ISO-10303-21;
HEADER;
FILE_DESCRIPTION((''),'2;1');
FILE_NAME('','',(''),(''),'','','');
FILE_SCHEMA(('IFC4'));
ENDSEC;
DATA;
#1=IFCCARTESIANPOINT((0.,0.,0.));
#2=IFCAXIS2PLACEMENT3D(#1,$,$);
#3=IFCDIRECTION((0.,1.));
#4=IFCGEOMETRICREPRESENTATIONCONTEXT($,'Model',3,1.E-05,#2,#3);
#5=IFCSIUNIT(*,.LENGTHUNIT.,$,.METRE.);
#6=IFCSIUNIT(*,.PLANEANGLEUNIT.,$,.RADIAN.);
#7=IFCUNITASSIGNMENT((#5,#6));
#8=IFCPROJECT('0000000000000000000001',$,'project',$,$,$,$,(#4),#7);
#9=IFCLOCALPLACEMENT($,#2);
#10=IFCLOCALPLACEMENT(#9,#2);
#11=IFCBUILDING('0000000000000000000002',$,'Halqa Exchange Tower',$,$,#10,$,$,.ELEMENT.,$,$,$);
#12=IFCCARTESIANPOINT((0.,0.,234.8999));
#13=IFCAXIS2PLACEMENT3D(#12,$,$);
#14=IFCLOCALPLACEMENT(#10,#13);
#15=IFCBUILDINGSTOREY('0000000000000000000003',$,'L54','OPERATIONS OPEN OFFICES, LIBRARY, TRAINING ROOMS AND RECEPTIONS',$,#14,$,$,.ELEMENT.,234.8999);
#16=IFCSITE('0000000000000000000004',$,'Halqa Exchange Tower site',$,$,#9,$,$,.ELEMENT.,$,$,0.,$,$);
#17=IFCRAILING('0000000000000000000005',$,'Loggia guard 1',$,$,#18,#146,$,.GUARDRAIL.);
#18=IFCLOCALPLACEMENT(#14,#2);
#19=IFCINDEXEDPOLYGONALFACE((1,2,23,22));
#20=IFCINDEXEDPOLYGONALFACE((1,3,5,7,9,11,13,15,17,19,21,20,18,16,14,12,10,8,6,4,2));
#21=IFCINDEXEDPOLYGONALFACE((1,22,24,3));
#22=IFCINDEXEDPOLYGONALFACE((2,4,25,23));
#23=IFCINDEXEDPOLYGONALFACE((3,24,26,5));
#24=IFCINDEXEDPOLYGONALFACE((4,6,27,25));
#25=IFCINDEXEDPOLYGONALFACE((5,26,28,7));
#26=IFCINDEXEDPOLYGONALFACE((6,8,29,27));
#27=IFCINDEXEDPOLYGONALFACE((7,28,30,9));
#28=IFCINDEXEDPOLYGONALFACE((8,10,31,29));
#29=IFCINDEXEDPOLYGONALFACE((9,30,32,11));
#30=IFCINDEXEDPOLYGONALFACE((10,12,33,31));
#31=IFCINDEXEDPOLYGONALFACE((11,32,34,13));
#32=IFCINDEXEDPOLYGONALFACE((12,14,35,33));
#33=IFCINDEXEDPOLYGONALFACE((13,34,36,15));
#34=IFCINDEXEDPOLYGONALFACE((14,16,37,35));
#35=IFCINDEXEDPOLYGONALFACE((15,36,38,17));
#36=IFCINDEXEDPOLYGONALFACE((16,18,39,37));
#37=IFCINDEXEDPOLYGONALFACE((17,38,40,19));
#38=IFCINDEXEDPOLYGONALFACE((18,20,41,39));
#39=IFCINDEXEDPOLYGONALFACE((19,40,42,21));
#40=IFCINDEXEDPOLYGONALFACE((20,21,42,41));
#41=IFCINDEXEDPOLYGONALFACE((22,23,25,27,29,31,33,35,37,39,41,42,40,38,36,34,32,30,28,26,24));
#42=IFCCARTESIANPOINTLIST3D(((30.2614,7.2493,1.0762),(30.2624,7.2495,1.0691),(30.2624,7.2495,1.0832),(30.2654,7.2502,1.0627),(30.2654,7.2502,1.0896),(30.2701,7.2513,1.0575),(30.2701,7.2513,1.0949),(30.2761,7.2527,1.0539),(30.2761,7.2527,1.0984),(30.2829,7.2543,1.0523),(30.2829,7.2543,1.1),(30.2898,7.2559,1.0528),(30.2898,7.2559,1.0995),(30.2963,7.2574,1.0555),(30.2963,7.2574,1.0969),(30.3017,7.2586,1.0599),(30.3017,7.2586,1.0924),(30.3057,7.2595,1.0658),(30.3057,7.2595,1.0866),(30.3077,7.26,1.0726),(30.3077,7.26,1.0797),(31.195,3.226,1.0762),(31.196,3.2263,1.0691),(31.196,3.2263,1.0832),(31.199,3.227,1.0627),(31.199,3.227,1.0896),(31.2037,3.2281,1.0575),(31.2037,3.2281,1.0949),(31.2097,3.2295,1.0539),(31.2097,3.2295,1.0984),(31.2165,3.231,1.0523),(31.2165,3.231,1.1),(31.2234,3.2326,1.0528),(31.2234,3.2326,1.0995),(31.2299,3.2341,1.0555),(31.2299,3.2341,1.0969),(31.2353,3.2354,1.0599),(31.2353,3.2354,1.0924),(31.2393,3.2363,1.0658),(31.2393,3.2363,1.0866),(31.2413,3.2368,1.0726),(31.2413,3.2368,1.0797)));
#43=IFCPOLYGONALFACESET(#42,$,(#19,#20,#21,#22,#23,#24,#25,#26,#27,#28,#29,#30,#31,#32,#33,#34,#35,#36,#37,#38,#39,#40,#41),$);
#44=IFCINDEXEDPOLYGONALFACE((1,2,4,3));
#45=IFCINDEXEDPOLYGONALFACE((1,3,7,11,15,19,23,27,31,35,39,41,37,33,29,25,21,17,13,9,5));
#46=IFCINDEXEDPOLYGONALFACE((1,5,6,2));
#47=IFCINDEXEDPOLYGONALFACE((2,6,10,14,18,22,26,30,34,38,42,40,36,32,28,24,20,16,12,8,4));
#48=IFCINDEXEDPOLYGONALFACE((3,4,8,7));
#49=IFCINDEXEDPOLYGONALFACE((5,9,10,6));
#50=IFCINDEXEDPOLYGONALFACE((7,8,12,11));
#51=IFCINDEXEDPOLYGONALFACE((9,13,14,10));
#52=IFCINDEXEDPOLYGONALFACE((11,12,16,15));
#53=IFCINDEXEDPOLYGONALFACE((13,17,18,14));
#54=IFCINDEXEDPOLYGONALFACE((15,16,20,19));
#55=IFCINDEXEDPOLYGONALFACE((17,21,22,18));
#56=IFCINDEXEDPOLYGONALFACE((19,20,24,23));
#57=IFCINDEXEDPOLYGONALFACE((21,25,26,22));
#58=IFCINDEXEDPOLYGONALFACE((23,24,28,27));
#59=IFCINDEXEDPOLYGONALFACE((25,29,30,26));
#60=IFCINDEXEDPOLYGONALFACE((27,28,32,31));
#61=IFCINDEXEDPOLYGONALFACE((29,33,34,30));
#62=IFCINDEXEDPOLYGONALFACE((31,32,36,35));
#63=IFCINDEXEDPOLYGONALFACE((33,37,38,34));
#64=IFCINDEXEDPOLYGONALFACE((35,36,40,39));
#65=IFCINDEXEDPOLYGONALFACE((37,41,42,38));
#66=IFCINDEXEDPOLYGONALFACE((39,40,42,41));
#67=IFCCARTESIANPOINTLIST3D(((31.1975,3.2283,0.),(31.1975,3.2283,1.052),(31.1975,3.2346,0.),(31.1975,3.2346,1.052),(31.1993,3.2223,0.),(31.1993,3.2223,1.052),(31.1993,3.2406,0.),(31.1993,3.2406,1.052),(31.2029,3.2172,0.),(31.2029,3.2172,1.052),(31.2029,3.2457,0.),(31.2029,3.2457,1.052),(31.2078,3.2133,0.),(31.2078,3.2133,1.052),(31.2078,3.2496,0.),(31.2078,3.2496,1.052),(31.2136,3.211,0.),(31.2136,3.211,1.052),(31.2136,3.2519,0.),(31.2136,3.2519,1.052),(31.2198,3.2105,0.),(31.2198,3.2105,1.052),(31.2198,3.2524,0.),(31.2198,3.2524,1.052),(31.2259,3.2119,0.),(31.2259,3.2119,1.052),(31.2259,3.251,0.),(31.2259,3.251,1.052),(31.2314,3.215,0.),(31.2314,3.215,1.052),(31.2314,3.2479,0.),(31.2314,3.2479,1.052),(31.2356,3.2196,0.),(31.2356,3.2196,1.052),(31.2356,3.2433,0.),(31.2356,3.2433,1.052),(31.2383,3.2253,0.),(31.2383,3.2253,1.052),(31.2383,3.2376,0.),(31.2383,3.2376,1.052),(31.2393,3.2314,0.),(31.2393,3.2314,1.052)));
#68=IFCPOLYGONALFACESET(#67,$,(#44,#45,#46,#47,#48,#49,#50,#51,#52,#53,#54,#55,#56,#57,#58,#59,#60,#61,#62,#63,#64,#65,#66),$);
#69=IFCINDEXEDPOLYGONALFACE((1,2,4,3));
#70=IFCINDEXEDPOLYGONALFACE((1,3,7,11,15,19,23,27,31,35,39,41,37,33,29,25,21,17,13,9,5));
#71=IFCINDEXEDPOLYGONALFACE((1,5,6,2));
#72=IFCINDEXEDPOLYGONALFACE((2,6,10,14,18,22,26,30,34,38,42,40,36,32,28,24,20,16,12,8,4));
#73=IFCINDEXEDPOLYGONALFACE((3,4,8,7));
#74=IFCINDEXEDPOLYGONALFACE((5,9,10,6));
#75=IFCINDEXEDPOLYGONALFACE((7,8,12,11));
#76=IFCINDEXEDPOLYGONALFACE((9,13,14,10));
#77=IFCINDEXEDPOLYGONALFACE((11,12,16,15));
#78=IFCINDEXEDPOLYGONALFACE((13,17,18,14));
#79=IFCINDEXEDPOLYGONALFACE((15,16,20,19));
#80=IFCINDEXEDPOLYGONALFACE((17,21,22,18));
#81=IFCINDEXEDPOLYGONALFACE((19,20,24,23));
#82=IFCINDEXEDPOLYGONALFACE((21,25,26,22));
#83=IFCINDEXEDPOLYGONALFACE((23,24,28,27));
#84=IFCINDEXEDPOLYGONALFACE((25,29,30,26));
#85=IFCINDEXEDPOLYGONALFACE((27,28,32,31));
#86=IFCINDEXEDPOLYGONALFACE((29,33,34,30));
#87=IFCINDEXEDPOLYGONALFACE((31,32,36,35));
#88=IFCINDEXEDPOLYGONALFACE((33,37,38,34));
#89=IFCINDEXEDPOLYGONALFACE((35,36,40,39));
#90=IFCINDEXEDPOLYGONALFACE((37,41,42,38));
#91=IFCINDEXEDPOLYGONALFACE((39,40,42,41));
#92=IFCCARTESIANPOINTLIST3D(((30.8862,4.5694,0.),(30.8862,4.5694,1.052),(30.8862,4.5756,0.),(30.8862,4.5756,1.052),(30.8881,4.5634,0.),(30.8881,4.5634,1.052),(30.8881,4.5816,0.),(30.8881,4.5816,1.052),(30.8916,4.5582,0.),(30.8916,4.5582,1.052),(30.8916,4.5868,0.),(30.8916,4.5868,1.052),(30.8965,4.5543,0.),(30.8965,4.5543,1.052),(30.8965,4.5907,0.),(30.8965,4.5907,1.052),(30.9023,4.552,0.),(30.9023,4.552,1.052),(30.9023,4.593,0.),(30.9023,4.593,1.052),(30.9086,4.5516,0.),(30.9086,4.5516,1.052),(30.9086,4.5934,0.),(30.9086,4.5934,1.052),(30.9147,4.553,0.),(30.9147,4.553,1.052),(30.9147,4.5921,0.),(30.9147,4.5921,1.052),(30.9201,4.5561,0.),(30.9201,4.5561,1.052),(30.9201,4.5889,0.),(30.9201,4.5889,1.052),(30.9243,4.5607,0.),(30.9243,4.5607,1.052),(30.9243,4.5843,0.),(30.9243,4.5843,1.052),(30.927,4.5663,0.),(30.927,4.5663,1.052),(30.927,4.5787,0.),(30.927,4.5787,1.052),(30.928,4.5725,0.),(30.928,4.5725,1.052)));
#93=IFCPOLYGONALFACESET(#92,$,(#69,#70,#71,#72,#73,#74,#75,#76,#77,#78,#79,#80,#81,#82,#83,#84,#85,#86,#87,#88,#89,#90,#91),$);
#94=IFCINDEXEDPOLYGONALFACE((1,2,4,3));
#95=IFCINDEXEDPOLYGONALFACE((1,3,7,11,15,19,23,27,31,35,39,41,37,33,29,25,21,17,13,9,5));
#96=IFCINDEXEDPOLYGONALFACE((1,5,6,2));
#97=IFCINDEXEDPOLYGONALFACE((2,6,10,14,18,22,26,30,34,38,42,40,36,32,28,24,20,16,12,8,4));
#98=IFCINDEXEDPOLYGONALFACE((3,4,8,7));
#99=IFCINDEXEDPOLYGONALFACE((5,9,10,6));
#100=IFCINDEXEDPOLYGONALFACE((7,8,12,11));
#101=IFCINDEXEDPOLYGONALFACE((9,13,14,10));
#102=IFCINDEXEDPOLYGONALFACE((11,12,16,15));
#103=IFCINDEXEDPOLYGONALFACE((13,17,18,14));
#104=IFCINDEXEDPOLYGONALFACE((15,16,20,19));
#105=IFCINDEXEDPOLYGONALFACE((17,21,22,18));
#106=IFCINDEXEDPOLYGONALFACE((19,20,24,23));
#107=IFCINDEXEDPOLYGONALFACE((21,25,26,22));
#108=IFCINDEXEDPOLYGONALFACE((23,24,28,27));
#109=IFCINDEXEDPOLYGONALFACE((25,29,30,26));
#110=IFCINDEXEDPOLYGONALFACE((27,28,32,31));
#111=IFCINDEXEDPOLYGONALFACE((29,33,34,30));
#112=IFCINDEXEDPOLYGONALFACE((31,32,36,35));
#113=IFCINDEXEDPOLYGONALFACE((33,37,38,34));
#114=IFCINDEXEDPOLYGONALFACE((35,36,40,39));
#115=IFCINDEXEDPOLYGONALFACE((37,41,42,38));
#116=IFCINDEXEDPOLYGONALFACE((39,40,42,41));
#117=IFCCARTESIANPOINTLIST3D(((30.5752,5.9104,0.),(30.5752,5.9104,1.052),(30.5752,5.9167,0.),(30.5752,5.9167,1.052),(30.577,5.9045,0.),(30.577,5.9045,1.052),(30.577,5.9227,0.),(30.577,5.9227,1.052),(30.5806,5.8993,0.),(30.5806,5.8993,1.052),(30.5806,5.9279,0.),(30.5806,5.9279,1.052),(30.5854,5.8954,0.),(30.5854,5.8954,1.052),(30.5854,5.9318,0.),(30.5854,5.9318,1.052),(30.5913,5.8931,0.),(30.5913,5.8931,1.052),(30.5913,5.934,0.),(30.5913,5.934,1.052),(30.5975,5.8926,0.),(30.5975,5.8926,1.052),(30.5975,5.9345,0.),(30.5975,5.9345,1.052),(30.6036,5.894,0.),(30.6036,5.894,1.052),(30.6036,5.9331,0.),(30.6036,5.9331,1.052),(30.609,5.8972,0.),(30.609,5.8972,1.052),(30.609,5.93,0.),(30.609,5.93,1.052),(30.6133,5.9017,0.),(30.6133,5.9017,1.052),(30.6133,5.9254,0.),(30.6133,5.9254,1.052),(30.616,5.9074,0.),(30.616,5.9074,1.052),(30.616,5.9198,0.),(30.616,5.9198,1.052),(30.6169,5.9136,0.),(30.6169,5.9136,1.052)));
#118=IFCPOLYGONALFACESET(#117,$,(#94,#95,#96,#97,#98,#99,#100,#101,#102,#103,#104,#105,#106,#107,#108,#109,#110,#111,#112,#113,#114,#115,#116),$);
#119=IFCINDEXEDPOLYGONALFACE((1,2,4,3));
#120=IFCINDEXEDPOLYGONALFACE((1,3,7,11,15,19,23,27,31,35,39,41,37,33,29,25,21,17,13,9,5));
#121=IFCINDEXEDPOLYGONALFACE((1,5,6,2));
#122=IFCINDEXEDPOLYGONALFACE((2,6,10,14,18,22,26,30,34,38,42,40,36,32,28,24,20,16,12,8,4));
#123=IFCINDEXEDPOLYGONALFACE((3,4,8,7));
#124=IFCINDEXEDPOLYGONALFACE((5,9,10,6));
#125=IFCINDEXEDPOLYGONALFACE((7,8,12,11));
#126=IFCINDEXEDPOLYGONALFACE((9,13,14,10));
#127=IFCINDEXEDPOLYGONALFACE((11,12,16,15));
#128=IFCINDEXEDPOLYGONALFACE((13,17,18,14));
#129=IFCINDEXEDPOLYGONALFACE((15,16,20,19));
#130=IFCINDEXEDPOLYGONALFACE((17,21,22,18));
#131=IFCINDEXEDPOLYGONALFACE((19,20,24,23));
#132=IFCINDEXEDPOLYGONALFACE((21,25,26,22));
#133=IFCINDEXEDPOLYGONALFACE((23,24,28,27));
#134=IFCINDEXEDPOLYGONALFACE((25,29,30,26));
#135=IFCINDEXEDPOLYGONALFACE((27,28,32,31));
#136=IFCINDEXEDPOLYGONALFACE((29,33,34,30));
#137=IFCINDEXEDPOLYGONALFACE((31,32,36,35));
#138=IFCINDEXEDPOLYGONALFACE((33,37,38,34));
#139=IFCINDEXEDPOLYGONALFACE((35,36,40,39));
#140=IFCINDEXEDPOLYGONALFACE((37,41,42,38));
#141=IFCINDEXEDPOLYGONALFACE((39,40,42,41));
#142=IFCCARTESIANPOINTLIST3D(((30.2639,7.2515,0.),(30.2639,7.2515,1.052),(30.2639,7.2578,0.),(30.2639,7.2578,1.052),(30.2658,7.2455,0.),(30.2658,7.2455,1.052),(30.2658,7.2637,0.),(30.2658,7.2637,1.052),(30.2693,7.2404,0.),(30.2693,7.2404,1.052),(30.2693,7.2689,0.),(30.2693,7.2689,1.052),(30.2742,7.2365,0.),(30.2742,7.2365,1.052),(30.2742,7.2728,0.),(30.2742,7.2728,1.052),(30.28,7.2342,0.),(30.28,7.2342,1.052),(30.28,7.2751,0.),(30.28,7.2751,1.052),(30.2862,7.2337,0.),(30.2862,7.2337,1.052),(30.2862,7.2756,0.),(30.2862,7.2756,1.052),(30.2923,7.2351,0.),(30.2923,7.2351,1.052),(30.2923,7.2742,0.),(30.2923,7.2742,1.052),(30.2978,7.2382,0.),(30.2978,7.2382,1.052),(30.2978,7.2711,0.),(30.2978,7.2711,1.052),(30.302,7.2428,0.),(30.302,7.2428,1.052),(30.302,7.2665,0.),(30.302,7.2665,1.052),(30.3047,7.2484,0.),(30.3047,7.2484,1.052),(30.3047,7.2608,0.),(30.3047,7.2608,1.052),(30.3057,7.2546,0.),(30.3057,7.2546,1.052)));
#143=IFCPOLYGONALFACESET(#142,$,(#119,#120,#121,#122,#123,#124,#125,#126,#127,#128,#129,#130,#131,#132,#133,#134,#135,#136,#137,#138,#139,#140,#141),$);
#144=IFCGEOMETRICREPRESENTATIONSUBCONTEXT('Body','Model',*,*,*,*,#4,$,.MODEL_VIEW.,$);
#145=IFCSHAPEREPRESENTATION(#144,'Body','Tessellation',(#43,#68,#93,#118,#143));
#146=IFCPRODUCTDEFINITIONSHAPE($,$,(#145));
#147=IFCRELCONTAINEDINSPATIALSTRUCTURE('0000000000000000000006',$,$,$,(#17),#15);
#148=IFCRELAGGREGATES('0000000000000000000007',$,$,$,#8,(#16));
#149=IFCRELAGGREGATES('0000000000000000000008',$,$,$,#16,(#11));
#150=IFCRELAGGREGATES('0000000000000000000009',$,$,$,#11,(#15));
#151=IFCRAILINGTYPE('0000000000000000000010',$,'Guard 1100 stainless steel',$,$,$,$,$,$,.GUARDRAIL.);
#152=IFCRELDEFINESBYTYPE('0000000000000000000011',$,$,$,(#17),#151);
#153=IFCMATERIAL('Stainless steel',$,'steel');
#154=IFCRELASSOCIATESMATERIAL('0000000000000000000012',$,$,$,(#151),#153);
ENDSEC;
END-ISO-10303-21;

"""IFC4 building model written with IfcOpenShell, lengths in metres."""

from ifc_helpers import new_model, si_unit, direction, frame, origin, origin_2d, place, context, subcontext, project, spatial, circle, extrude, material, type_object, element, save


model = new_model("IFC4")

# Units and contexts
model_context = context("Model", 3, precision=1e-05, world=origin(), true_north=direction((0.0, 1.0)))
body_context = subcontext(model_context, "Body", "Model", "MODEL_VIEW")
ifc_project = project(units=[si_unit("LENGTHUNIT", "METRE"), si_unit("PLANEANGLEUNIT", "RADIAN")], contexts=[model_context])

# Site, building, storey
site_placement = place(None, origin())
site = spatial("IfcSite", under=ifc_project, at=site_placement, Name="Halqa Exchange Tower site", CompositionType="ELEMENT", RefElevation=0.0)
building_placement = place(site_placement, origin())
building = spatial("IfcBuilding", under=site, at=building_placement, Name="Halqa Exchange Tower", CompositionType="ELEMENT")
storey_placement = place(building_placement, frame((0.0, 0.0, 234.8999)))
storey = spatial("IfcBuildingStorey", under=building, at=storey_placement, Name="L54", Description="OPERATIONS OPEN OFFICES, LIBRARY, TRAINING ROOMS AND RECEPTIONS", CompositionType="ELEMENT", Elevation=234.8999)

# Railing
ifc_material_1 = material(Name="Stainless steel", Category="steel")
railing_type = type_object("IfcRailingType", Name="Guard 1100 stainless steel", PredefinedType="GUARDRAIL", material=ifc_material_1)
railing_1_placement = place(storey_placement, frame((31.2183, 3.2314, 0.0)))
element("IfcRailing", 1, at=railing_1_placement, inside=storey, type_object=railing_type, Name="Loggia guard 1", PredefinedType="GUARDRAIL", context=body_context, shape_type="SweptSolid", body=[
    extrude(circle(Radius=0.0239, at=origin_2d()), frame((0.0, 0.0, 1.0762), z_axis=(-0.226047, 0.974116, 0.0), x_axis=(-0.974116, -0.226047, 0.0)), (0.0, 0.0, 1.0), 4.1301),
    extrude(circle(Radius=0.021, at=origin_2d()), origin(), (0.0, 0.0, 1.0), 1.052),
    extrude(circle(Radius=0.021, at=origin_2d()), frame((-0.3113, 1.3411, 0.0)), (0.0, 0.0, 1.0), 1.052),
    extrude(circle(Radius=0.021, at=origin_2d()), frame((-0.6223, 2.6821, 0.0)), (0.0, 0.0, 1.0), 1.052),
    extrude(circle(Radius=0.021, at=origin_2d()), frame((-0.9336, 4.0232, 0.0)), (0.0, 0.0, 1.0), 1.052),
])

save(model, "model.ifc")
